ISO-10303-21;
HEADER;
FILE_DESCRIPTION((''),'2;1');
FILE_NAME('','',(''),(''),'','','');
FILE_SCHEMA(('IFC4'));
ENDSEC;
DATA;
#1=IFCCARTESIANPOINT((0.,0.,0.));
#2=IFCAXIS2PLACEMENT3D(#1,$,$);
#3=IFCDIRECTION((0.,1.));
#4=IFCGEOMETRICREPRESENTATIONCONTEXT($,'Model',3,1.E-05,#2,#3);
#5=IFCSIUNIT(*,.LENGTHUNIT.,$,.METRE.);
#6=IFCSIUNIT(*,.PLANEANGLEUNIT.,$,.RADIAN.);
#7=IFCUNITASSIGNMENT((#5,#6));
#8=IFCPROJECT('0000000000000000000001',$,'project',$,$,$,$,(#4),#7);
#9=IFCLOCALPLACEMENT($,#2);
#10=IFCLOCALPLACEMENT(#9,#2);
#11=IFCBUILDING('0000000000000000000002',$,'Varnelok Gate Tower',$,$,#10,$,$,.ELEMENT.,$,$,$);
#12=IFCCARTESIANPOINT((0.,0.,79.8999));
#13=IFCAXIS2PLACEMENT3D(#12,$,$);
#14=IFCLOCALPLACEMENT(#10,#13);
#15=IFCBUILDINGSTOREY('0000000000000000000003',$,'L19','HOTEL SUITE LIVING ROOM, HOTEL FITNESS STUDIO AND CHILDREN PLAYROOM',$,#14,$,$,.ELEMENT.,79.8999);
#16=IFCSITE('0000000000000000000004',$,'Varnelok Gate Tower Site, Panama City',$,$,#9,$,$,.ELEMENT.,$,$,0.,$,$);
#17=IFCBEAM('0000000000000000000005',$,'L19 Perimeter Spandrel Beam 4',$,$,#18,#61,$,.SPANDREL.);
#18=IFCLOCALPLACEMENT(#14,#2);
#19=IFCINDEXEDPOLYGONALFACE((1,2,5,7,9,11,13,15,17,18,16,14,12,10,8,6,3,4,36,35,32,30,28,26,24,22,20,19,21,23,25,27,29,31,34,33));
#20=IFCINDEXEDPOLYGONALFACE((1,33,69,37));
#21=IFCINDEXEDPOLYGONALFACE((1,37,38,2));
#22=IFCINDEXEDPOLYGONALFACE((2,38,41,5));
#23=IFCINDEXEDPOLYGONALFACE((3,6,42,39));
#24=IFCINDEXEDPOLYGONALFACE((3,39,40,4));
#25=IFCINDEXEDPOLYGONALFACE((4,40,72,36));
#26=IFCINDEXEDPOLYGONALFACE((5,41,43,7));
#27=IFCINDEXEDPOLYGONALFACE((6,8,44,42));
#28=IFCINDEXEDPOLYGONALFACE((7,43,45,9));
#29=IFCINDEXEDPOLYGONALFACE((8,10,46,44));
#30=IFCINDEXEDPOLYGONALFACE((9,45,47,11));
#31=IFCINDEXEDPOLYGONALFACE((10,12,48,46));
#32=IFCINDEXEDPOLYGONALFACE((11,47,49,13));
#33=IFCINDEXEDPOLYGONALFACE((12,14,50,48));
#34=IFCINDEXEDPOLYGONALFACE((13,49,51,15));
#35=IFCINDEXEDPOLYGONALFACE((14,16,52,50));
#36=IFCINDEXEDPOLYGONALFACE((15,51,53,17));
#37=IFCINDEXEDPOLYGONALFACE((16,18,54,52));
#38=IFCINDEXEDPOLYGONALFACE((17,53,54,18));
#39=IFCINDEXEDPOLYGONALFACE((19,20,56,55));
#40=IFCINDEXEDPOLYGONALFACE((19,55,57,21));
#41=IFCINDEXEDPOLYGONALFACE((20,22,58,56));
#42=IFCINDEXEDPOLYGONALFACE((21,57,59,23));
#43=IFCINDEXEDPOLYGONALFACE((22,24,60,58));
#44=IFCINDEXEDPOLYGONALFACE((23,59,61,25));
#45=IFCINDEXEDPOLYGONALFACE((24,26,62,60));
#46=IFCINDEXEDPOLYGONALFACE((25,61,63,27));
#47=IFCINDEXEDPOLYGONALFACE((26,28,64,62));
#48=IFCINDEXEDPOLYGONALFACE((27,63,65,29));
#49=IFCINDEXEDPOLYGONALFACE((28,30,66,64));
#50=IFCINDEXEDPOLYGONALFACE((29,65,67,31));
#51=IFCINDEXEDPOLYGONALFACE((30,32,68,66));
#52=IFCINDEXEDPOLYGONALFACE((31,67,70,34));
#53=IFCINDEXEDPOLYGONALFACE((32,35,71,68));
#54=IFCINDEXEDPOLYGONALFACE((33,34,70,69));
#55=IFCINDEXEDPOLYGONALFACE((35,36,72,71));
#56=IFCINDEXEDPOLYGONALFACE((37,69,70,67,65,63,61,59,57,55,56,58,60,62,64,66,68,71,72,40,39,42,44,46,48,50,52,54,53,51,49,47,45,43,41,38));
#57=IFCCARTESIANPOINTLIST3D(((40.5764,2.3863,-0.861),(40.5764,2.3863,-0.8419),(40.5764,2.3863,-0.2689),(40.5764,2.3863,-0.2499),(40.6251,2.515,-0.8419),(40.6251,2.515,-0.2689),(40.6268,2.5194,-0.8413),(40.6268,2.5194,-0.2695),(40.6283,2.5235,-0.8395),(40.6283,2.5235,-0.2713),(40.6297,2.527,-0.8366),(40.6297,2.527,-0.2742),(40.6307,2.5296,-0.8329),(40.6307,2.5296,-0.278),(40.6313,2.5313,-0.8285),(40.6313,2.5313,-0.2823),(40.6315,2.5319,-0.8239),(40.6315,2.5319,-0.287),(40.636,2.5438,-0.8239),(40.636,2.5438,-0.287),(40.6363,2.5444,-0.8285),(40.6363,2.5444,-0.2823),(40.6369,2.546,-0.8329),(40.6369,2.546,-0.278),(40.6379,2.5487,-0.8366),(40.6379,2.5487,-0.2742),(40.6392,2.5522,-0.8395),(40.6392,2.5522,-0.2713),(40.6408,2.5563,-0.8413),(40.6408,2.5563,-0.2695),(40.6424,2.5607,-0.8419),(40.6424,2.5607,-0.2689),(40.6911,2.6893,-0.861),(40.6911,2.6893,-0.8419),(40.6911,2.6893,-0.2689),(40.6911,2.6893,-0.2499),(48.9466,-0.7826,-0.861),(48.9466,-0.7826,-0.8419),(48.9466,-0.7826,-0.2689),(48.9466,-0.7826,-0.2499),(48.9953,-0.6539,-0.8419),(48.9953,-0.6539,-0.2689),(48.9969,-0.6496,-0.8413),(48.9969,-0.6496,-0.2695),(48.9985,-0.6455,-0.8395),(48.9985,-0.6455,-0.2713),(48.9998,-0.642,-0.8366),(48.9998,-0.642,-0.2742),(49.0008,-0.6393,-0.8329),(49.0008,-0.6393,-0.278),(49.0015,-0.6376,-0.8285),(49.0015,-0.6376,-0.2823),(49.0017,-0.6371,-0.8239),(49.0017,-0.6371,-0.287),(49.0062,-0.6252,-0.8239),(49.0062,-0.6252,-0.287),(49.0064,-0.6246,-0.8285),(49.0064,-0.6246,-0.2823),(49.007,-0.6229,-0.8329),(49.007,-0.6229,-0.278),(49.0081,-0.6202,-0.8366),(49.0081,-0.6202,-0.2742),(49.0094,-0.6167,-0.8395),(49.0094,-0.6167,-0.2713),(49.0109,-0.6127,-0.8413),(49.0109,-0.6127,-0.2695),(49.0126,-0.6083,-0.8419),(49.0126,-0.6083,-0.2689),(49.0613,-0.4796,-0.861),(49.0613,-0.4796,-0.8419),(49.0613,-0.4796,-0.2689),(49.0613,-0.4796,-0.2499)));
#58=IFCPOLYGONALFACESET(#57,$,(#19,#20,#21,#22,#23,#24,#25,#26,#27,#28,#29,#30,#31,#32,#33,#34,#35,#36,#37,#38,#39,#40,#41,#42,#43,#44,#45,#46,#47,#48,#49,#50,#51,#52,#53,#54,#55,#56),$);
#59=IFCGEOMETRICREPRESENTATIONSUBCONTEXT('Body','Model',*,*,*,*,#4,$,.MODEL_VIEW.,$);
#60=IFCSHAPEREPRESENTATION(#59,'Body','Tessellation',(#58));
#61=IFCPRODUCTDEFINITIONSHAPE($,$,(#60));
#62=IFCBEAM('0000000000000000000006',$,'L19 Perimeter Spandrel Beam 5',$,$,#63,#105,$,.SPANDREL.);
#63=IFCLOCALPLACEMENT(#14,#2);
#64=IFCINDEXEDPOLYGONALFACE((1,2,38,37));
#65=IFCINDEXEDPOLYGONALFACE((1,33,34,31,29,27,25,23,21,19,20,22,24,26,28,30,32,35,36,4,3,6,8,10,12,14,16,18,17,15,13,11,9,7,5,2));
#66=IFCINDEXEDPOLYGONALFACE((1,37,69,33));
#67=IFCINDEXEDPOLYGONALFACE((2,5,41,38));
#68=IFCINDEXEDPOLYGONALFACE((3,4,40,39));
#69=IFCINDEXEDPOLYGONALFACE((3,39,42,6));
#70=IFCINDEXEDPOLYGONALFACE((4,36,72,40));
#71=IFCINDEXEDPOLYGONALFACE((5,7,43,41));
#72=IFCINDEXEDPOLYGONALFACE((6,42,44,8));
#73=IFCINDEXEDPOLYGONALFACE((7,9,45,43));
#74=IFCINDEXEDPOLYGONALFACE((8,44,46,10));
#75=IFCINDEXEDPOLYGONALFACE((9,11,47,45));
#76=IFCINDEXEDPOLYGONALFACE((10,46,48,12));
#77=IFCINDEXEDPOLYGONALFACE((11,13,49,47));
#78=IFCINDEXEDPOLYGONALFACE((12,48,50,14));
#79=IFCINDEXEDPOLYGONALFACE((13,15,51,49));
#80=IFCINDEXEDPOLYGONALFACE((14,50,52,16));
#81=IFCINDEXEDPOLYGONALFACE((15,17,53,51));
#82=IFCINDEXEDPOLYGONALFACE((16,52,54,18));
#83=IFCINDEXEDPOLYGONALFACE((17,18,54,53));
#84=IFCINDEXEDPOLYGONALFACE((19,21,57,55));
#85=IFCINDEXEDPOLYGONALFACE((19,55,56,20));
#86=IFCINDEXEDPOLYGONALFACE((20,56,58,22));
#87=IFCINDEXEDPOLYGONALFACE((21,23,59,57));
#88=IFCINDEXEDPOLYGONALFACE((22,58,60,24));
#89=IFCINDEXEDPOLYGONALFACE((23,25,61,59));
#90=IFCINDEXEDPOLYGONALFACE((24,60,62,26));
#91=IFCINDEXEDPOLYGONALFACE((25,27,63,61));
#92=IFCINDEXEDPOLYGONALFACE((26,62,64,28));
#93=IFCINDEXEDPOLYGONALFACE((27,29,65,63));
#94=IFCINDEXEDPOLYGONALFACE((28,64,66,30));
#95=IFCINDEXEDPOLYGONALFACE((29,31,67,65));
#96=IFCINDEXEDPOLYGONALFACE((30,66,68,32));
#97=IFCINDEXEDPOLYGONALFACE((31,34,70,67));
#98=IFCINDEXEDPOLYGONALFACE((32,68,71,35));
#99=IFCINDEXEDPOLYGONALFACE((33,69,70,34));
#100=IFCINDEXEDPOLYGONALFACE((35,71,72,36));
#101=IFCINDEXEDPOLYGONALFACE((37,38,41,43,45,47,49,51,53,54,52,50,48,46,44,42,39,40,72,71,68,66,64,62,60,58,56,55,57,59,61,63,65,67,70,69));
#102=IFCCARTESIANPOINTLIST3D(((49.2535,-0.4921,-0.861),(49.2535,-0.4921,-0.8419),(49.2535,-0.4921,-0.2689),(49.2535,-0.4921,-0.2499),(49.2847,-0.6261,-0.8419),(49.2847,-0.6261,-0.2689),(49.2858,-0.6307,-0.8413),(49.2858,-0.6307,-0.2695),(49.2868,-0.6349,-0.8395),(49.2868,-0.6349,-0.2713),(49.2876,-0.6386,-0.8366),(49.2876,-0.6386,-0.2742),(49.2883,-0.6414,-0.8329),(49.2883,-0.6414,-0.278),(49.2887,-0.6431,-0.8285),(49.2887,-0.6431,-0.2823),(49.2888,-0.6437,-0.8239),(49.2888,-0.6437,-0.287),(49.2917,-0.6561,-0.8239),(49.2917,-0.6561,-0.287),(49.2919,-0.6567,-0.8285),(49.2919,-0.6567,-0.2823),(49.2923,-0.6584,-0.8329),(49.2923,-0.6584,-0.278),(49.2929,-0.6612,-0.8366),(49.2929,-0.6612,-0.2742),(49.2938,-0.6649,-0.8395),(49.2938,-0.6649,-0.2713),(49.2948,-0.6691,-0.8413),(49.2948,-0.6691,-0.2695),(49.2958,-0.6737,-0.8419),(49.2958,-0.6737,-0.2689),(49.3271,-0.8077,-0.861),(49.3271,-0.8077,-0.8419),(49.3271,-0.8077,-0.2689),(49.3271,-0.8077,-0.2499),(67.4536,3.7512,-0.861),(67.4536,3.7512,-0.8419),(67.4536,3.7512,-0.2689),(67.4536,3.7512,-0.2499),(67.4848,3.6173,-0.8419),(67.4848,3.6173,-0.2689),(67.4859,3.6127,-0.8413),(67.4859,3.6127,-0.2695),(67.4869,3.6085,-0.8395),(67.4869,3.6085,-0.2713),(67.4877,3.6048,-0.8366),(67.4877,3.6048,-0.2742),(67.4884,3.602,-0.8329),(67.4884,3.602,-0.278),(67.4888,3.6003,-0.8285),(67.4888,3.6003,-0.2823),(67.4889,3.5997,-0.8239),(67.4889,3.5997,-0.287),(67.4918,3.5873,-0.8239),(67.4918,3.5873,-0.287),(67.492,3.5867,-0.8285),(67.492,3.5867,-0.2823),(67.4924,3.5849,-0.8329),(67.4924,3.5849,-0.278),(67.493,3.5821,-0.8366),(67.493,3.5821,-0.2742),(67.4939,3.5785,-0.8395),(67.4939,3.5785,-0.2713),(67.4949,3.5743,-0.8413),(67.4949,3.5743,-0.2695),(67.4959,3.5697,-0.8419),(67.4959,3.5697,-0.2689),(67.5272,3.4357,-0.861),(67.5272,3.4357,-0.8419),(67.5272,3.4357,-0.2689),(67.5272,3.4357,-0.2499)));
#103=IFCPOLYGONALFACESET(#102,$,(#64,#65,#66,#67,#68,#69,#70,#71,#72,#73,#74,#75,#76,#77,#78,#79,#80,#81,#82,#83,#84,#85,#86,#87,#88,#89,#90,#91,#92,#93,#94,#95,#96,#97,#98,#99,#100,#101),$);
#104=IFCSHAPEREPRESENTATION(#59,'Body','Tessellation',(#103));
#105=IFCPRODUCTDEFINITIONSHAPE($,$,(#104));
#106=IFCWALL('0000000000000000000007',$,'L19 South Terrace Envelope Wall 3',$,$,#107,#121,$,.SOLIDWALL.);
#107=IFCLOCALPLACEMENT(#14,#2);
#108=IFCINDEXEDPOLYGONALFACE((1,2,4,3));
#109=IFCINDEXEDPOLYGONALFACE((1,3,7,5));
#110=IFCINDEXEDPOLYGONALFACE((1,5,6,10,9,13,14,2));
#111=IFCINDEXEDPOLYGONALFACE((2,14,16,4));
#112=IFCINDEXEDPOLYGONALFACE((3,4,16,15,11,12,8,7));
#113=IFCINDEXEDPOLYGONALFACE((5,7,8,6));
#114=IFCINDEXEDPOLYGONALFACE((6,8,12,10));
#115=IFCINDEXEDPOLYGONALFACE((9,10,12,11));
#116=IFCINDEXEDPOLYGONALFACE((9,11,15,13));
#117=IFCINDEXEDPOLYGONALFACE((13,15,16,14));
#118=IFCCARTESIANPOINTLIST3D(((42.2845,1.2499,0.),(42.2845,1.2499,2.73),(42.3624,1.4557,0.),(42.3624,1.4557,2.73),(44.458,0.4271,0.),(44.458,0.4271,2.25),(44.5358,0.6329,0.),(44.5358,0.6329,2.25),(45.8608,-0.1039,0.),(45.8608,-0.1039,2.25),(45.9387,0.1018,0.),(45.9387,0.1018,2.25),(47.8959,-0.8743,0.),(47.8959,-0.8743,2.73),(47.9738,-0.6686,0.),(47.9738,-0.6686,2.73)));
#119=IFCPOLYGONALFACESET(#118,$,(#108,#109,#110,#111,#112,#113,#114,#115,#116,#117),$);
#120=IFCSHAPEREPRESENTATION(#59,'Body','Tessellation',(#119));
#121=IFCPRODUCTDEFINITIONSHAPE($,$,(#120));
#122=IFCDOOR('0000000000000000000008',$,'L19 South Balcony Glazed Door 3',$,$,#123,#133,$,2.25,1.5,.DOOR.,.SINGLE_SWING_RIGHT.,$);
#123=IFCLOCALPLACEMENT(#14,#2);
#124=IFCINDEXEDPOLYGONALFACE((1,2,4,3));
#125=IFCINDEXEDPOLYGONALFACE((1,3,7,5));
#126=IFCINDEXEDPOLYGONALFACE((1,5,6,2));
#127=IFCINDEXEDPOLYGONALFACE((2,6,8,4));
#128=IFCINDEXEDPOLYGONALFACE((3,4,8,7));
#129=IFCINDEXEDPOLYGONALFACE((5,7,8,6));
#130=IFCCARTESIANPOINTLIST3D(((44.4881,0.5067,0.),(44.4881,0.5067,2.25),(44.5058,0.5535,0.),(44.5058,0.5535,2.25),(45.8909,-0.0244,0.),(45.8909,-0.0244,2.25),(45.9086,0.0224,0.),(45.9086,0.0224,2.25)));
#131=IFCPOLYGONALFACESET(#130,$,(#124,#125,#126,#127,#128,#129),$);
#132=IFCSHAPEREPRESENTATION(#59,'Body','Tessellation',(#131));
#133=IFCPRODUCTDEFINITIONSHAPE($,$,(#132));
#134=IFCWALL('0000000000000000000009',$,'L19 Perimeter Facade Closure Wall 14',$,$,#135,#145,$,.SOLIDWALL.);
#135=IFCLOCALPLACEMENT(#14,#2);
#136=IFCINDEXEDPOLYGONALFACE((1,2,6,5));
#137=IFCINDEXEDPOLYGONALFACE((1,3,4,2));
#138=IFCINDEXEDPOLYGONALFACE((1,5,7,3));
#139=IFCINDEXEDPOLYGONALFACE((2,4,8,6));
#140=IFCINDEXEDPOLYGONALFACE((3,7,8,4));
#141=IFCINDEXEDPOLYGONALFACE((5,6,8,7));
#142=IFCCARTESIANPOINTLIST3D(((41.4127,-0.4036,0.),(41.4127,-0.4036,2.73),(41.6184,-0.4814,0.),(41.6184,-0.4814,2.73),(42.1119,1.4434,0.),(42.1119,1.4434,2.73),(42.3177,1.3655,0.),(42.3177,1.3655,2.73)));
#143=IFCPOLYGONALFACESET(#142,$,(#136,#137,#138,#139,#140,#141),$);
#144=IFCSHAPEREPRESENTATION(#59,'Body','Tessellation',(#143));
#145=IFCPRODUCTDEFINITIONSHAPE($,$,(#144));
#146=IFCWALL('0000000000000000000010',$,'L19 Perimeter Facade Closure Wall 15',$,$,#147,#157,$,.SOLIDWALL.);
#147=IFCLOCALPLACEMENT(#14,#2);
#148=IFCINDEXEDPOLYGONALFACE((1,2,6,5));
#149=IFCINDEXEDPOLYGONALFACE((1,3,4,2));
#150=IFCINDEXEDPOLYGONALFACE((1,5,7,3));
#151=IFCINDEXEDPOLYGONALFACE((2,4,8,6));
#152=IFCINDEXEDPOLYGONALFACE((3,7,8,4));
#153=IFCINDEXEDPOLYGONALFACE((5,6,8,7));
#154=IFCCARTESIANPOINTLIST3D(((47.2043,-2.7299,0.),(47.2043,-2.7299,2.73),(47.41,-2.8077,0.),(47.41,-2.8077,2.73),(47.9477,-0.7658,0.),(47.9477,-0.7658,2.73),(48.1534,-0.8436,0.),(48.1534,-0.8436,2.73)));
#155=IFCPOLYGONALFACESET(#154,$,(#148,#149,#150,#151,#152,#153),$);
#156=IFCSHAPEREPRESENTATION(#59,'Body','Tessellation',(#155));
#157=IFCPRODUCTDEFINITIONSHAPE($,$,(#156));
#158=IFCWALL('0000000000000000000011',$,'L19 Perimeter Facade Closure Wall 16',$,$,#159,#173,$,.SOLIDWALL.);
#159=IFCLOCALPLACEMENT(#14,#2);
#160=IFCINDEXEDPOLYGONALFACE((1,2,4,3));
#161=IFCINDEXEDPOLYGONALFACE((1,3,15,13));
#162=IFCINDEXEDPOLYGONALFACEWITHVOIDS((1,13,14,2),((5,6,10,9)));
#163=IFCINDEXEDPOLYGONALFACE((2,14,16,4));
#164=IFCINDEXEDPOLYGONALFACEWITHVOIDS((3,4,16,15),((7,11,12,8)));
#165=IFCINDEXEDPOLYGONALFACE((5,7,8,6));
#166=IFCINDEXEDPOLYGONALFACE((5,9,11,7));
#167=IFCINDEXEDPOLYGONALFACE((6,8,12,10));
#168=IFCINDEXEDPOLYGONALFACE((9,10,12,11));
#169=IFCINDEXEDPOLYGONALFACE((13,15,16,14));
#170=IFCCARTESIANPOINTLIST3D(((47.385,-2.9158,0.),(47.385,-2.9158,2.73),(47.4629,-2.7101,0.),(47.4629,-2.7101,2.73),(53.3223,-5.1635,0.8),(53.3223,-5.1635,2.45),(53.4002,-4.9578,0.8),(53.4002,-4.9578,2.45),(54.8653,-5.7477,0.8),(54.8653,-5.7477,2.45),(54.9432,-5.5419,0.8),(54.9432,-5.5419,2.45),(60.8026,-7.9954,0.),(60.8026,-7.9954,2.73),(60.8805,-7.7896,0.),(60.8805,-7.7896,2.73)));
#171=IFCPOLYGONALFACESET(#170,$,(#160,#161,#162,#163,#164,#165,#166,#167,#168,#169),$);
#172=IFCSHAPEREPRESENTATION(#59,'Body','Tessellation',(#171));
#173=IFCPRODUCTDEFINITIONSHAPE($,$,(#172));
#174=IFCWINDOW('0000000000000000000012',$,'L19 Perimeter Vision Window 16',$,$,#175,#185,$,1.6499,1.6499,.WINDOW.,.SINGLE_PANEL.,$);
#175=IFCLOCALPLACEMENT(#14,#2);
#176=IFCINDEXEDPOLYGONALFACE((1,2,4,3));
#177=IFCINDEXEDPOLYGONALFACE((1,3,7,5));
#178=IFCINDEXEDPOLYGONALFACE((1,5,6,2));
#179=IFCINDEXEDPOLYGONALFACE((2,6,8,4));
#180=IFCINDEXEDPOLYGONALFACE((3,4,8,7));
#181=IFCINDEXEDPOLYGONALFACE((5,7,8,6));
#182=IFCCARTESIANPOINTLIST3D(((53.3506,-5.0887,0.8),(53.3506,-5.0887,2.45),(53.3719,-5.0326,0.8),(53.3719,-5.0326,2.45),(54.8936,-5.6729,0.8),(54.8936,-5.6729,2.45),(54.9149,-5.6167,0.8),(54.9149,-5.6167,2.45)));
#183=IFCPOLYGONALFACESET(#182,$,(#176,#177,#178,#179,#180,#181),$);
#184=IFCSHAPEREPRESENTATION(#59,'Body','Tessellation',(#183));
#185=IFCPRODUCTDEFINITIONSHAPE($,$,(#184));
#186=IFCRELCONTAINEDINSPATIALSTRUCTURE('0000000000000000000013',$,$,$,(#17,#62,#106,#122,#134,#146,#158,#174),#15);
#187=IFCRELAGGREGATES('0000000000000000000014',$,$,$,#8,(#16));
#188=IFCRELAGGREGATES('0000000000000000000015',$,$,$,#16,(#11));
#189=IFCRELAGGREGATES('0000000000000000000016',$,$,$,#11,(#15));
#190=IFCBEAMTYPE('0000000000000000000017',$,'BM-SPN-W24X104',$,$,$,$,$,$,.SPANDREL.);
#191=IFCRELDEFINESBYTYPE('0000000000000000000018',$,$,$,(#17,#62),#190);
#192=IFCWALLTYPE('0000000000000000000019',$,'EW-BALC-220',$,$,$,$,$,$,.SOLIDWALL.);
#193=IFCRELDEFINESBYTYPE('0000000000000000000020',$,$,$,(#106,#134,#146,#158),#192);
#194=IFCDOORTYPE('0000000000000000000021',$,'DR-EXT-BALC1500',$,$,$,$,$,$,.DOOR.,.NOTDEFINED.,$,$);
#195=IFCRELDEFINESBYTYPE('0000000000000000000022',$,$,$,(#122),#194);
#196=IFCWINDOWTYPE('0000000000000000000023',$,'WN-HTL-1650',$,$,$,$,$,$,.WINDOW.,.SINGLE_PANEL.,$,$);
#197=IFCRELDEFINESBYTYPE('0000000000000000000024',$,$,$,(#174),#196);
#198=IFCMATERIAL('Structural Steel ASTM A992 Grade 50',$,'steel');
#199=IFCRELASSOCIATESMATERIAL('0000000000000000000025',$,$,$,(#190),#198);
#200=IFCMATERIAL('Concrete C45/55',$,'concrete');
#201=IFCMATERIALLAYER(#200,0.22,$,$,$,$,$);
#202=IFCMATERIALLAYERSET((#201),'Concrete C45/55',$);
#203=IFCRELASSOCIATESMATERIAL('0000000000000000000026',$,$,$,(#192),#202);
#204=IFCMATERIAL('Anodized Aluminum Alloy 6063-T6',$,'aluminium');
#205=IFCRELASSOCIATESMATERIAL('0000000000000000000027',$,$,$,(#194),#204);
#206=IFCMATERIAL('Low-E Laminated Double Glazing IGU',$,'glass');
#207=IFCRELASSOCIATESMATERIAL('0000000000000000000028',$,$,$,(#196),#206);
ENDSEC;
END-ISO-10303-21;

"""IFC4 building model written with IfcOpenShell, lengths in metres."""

from ifc_helpers import new_model, si_unit, direction, frame, frame_2d, origin, origin_2d, place, context, subcontext, project, spatial, rectangle, i_section, extrude, material, layer, layer_set, material_profile, profile_set, type_object, element, fill, save


model = new_model("IFC4")

# Units and contexts
model_context = context("Model", 3, precision=1e-05, world=origin(), true_north=direction((0.0, 1.0)))
body_context = subcontext(model_context, "Body", "Model", "MODEL_VIEW")
ifc_project = project(units=[si_unit("LENGTHUNIT", "METRE"), si_unit("PLANEANGLEUNIT", "RADIAN")], contexts=[model_context])

# Site, building, storey
site_placement = place(None, origin())
site = spatial("IfcSite", under=ifc_project, at=site_placement, Name="Varnelok Gate Tower Site, Panama City", CompositionType="ELEMENT", RefElevation=0.0)
building_placement = place(site_placement, origin())
building = spatial("IfcBuilding", under=site, at=building_placement, Name="Varnelok Gate Tower", CompositionType="ELEMENT")
storey_placement = place(building_placement, frame((0.0, 0.0, 79.8999)))
storey = spatial("IfcBuildingStorey", under=building, at=storey_placement, Name="L19", Description="HOTEL SUITE LIVING ROOM, HOTEL FITNESS STUDIO AND CHILDREN PLAYROOM", CompositionType="ELEMENT", Elevation=79.8999)

# Shared definitions
ifc_material_1 = material(Name="Structural Steel ASTM A992 Grade 50", Category="steel")

# Beams
ifc_material_profile_1 = material_profile(ifc_material_1, i_section(OverallWidth=0.324, OverallDepth=0.6111, WebThickness=0.0127, FlangeThickness=0.019, FilletRadius=0.0181, at=origin_2d()), Name="W24X104")
ifc_profile_set_1 = profile_set([ifc_material_profile_1], Name="Structural Steel ASTM A992 Grade 50")
beam_type_1 = type_object("IfcBeamType", Name="BM-SPN-W24X104", PredefinedType="SPANDREL", material=ifc_profile_set_1)
beam_1_placement = place(storey_placement, frame((40.6338, 2.5378, -0.5554), z_axis=(0.935217, -0.354075, 0.0), x_axis=(0.354075, 0.935217, 0.0)))
element("IfcBeam", 1, at=beam_1_placement, inside=storey, type_object=beam_type_1, Name="L19 Perimeter Spandrel Beam 4", PredefinedType="SPANDREL", context=body_context, shape_type="SweptSolid", body=[
    extrude(i_section(OverallWidth=0.324, OverallDepth=0.6111, WebThickness=0.0127, FlangeThickness=0.019, FilletRadius=0.0181, at=origin_2d()), origin(), (0.0, 0.0, 1.0), 8.95),
])
beam_2_placement = place(storey_placement, frame((49.2903, -0.6499, -0.5554), z_axis=(0.97388, 0.227062, 0.0), x_axis=(-0.227062, 0.97388, 0.0)))
element("IfcBeam", 2, at=beam_2_placement, inside=storey, type_object=beam_type_1, Name="L19 Perimeter Spandrel Beam 5", PredefinedType="SPANDREL", context=body_context, shape_type="SweptSolid", body=[
    extrude(i_section(OverallWidth=0.324, OverallDepth=0.6111, WebThickness=0.0127, FlangeThickness=0.019, FilletRadius=0.0181, at=origin_2d()), origin(), (0.0, 0.0, 1.0), 18.6882),
])

# Wall, opening, door
ifc_material_2 = material(Name="Concrete C45/55", Category="concrete")
ifc_layer_1 = layer(ifc_material_2, 0.22)
ifc_layer_set_1 = layer_set([ifc_layer_1], Name="Concrete C45/55")
wall_type_1 = type_object("IfcWallType", Name="EW-BALC-220", PredefinedType="SOLIDWALL", material=ifc_layer_set_1)
wall_1_placement = place(storey_placement, frame((47.9348, -0.7715, 0.0), z_axis=(0.0, 0.0, 1.0), x_axis=(-0.935228, 0.354047, 0.0)))
wall_1 = element("IfcWall", 3, at=wall_1_placement, inside=storey, type_object=wall_type_1, Name="L19 South Terrace Envelope Wall 3", PredefinedType="SOLIDWALL", context=body_context, shape_type="SweptSolid", body=[
    extrude(rectangle(XDim=6.0, YDim=0.22, at=frame_2d((3.0, 0.0))), origin(), (0.0, 0.0, 1.0), 2.73),
])
opening_1_placement = place(wall_1_placement, frame((2.176, 0.0, 0.0)))
opening_1 = element("IfcOpeningElement", 4, at=opening_1_placement, cuts=wall_1, PredefinedType="OPENING", context=body_context, shape_type="SweptSolid", body=[
    extrude(rectangle(XDim=1.5, YDim=2.25, at=frame_2d((0.75, 1.125))), frame((0.0, 0.1199, 0.0), z_axis=(0.0, -1.0, 0.0), x_axis=(1.0, 0.0, 0.0)), (0.0, 0.0, 1.0), 0.24),
])
ifc_material_3 = material(Name="Anodized Aluminum Alloy 6063-T6", Category="aluminium")
door_type_1 = type_object("IfcDoorType", Name="DR-EXT-BALC1500", OperationType="NOTDEFINED", PredefinedType="DOOR", material=ifc_material_3)
door_1_placement = place(opening_1_placement, origin())
door_1 = element("IfcDoor", 5, at=door_1_placement, inside=storey, type_object=door_type_1, Name="L19 South Balcony Glazed Door 3", OperationType="SINGLE_SWING_RIGHT", OverallHeight=2.25, OverallWidth=1.5, PredefinedType="DOOR", context=body_context, shape_type="SweptSolid", body=[
    extrude(rectangle(XDim=1.5, YDim=2.25, at=frame_2d((0.75, 1.125))), frame((0.0, 0.0249, 0.0), z_axis=(0.0, -1.0, 0.0), x_axis=(1.0, 0.0, 0.0)), (0.0, 0.0, 1.0), 0.05),
])
fill(opening_1, door_1)

# Walls
wall_2_placement = place(storey_placement, frame((41.5156, -0.4424, 0.0), z_axis=(0.0, 0.0, 1.0), x_axis=(0.354062, 0.935222, 0.0)))
element("IfcWall", 6, at=wall_2_placement, inside=storey, type_object=wall_type_1, Name="L19 Perimeter Facade Closure Wall 14", PredefinedType="SOLIDWALL", context=body_context, shape_type="SweptSolid", body=[
    extrude(rectangle(XDim=1.9749, YDim=0.22, at=frame_2d((0.9873, 0.0))), origin(), (0.0, 0.0, 1.0), 2.73),
])
wall_3_placement = place(storey_placement, frame((48.0505, -0.8047, 0.0), z_axis=(0.0, 0.0, 1.0), x_axis=(-0.353988, -0.93525, 0.0)))
element("IfcWall", 7, at=wall_3_placement, inside=storey, type_object=wall_type_1, Name="L19 Perimeter Facade Closure Wall 15", PredefinedType="SOLIDWALL", context=body_context, shape_type="SweptSolid", body=[
    extrude(rectangle(XDim=2.1001, YDim=0.22, at=frame_2d((1.05, 0.0))), origin(), (0.0, 0.0, 1.0), 2.73),
])

# Wall, opening, window
wall_4_placement = place(storey_placement, frame((47.4241, -2.813, 0.0), z_axis=(0.0, 0.0, 1.0), x_axis=(0.935226, -0.354051, 0.0)))
wall_4 = element("IfcWall", 8, at=wall_4_placement, inside=storey, type_object=wall_type_1, Name="L19 Perimeter Facade Closure Wall 16", PredefinedType="SOLIDWALL", context=body_context, shape_type="SweptSolid", body=[
    extrude(rectangle(XDim=14.3469, YDim=0.22, at=frame_2d((7.1733, 0.0))), origin(), (0.0, 0.0, 1.0), 2.73),
])
opening_2_placement = place(wall_4_placement, frame((6.3484, 0.0, 0.8)))
opening_2 = element("IfcOpeningElement", 9, at=opening_2_placement, cuts=wall_4, PredefinedType="OPENING", context=body_context, shape_type="SweptSolid", body=[
    extrude(rectangle(XDim=1.6499, YDim=1.6499, at=frame_2d((0.825, 0.825))), frame((0.0, 0.1199, 0.0), z_axis=(0.0, -1.0, 0.0), x_axis=(1.0, 0.0, 0.0)), (0.0, 0.0, 1.0), 0.24),
])
ifc_material_4 = material(Name="Low-E Laminated Double Glazing IGU", Category="glass")
window_type = type_object("IfcWindowType", Name="WN-HTL-1650", PartitioningType="SINGLE_PANEL", PredefinedType="WINDOW", material=ifc_material_4)
window_placement = place(opening_2_placement, origin())
window = element("IfcWindow", 10, at=window_placement, inside=storey, type_object=window_type, Name="L19 Perimeter Vision Window 16", OverallHeight=1.6499, OverallWidth=1.6499, PartitioningType="SINGLE_PANEL", PredefinedType="WINDOW", context=body_context, shape_type="SweptSolid", body=[
    extrude(rectangle(XDim=1.6499, YDim=1.6499, at=frame_2d((0.825, 0.825))), frame((0.0, 0.03, 0.0), z_axis=(0.0, -1.0, 0.0), x_axis=(1.0, 0.0, 0.0)), (0.0, 0.0, 1.0), 0.0601),
])
fill(opening_2, window)

save(model, "model.ifc")
